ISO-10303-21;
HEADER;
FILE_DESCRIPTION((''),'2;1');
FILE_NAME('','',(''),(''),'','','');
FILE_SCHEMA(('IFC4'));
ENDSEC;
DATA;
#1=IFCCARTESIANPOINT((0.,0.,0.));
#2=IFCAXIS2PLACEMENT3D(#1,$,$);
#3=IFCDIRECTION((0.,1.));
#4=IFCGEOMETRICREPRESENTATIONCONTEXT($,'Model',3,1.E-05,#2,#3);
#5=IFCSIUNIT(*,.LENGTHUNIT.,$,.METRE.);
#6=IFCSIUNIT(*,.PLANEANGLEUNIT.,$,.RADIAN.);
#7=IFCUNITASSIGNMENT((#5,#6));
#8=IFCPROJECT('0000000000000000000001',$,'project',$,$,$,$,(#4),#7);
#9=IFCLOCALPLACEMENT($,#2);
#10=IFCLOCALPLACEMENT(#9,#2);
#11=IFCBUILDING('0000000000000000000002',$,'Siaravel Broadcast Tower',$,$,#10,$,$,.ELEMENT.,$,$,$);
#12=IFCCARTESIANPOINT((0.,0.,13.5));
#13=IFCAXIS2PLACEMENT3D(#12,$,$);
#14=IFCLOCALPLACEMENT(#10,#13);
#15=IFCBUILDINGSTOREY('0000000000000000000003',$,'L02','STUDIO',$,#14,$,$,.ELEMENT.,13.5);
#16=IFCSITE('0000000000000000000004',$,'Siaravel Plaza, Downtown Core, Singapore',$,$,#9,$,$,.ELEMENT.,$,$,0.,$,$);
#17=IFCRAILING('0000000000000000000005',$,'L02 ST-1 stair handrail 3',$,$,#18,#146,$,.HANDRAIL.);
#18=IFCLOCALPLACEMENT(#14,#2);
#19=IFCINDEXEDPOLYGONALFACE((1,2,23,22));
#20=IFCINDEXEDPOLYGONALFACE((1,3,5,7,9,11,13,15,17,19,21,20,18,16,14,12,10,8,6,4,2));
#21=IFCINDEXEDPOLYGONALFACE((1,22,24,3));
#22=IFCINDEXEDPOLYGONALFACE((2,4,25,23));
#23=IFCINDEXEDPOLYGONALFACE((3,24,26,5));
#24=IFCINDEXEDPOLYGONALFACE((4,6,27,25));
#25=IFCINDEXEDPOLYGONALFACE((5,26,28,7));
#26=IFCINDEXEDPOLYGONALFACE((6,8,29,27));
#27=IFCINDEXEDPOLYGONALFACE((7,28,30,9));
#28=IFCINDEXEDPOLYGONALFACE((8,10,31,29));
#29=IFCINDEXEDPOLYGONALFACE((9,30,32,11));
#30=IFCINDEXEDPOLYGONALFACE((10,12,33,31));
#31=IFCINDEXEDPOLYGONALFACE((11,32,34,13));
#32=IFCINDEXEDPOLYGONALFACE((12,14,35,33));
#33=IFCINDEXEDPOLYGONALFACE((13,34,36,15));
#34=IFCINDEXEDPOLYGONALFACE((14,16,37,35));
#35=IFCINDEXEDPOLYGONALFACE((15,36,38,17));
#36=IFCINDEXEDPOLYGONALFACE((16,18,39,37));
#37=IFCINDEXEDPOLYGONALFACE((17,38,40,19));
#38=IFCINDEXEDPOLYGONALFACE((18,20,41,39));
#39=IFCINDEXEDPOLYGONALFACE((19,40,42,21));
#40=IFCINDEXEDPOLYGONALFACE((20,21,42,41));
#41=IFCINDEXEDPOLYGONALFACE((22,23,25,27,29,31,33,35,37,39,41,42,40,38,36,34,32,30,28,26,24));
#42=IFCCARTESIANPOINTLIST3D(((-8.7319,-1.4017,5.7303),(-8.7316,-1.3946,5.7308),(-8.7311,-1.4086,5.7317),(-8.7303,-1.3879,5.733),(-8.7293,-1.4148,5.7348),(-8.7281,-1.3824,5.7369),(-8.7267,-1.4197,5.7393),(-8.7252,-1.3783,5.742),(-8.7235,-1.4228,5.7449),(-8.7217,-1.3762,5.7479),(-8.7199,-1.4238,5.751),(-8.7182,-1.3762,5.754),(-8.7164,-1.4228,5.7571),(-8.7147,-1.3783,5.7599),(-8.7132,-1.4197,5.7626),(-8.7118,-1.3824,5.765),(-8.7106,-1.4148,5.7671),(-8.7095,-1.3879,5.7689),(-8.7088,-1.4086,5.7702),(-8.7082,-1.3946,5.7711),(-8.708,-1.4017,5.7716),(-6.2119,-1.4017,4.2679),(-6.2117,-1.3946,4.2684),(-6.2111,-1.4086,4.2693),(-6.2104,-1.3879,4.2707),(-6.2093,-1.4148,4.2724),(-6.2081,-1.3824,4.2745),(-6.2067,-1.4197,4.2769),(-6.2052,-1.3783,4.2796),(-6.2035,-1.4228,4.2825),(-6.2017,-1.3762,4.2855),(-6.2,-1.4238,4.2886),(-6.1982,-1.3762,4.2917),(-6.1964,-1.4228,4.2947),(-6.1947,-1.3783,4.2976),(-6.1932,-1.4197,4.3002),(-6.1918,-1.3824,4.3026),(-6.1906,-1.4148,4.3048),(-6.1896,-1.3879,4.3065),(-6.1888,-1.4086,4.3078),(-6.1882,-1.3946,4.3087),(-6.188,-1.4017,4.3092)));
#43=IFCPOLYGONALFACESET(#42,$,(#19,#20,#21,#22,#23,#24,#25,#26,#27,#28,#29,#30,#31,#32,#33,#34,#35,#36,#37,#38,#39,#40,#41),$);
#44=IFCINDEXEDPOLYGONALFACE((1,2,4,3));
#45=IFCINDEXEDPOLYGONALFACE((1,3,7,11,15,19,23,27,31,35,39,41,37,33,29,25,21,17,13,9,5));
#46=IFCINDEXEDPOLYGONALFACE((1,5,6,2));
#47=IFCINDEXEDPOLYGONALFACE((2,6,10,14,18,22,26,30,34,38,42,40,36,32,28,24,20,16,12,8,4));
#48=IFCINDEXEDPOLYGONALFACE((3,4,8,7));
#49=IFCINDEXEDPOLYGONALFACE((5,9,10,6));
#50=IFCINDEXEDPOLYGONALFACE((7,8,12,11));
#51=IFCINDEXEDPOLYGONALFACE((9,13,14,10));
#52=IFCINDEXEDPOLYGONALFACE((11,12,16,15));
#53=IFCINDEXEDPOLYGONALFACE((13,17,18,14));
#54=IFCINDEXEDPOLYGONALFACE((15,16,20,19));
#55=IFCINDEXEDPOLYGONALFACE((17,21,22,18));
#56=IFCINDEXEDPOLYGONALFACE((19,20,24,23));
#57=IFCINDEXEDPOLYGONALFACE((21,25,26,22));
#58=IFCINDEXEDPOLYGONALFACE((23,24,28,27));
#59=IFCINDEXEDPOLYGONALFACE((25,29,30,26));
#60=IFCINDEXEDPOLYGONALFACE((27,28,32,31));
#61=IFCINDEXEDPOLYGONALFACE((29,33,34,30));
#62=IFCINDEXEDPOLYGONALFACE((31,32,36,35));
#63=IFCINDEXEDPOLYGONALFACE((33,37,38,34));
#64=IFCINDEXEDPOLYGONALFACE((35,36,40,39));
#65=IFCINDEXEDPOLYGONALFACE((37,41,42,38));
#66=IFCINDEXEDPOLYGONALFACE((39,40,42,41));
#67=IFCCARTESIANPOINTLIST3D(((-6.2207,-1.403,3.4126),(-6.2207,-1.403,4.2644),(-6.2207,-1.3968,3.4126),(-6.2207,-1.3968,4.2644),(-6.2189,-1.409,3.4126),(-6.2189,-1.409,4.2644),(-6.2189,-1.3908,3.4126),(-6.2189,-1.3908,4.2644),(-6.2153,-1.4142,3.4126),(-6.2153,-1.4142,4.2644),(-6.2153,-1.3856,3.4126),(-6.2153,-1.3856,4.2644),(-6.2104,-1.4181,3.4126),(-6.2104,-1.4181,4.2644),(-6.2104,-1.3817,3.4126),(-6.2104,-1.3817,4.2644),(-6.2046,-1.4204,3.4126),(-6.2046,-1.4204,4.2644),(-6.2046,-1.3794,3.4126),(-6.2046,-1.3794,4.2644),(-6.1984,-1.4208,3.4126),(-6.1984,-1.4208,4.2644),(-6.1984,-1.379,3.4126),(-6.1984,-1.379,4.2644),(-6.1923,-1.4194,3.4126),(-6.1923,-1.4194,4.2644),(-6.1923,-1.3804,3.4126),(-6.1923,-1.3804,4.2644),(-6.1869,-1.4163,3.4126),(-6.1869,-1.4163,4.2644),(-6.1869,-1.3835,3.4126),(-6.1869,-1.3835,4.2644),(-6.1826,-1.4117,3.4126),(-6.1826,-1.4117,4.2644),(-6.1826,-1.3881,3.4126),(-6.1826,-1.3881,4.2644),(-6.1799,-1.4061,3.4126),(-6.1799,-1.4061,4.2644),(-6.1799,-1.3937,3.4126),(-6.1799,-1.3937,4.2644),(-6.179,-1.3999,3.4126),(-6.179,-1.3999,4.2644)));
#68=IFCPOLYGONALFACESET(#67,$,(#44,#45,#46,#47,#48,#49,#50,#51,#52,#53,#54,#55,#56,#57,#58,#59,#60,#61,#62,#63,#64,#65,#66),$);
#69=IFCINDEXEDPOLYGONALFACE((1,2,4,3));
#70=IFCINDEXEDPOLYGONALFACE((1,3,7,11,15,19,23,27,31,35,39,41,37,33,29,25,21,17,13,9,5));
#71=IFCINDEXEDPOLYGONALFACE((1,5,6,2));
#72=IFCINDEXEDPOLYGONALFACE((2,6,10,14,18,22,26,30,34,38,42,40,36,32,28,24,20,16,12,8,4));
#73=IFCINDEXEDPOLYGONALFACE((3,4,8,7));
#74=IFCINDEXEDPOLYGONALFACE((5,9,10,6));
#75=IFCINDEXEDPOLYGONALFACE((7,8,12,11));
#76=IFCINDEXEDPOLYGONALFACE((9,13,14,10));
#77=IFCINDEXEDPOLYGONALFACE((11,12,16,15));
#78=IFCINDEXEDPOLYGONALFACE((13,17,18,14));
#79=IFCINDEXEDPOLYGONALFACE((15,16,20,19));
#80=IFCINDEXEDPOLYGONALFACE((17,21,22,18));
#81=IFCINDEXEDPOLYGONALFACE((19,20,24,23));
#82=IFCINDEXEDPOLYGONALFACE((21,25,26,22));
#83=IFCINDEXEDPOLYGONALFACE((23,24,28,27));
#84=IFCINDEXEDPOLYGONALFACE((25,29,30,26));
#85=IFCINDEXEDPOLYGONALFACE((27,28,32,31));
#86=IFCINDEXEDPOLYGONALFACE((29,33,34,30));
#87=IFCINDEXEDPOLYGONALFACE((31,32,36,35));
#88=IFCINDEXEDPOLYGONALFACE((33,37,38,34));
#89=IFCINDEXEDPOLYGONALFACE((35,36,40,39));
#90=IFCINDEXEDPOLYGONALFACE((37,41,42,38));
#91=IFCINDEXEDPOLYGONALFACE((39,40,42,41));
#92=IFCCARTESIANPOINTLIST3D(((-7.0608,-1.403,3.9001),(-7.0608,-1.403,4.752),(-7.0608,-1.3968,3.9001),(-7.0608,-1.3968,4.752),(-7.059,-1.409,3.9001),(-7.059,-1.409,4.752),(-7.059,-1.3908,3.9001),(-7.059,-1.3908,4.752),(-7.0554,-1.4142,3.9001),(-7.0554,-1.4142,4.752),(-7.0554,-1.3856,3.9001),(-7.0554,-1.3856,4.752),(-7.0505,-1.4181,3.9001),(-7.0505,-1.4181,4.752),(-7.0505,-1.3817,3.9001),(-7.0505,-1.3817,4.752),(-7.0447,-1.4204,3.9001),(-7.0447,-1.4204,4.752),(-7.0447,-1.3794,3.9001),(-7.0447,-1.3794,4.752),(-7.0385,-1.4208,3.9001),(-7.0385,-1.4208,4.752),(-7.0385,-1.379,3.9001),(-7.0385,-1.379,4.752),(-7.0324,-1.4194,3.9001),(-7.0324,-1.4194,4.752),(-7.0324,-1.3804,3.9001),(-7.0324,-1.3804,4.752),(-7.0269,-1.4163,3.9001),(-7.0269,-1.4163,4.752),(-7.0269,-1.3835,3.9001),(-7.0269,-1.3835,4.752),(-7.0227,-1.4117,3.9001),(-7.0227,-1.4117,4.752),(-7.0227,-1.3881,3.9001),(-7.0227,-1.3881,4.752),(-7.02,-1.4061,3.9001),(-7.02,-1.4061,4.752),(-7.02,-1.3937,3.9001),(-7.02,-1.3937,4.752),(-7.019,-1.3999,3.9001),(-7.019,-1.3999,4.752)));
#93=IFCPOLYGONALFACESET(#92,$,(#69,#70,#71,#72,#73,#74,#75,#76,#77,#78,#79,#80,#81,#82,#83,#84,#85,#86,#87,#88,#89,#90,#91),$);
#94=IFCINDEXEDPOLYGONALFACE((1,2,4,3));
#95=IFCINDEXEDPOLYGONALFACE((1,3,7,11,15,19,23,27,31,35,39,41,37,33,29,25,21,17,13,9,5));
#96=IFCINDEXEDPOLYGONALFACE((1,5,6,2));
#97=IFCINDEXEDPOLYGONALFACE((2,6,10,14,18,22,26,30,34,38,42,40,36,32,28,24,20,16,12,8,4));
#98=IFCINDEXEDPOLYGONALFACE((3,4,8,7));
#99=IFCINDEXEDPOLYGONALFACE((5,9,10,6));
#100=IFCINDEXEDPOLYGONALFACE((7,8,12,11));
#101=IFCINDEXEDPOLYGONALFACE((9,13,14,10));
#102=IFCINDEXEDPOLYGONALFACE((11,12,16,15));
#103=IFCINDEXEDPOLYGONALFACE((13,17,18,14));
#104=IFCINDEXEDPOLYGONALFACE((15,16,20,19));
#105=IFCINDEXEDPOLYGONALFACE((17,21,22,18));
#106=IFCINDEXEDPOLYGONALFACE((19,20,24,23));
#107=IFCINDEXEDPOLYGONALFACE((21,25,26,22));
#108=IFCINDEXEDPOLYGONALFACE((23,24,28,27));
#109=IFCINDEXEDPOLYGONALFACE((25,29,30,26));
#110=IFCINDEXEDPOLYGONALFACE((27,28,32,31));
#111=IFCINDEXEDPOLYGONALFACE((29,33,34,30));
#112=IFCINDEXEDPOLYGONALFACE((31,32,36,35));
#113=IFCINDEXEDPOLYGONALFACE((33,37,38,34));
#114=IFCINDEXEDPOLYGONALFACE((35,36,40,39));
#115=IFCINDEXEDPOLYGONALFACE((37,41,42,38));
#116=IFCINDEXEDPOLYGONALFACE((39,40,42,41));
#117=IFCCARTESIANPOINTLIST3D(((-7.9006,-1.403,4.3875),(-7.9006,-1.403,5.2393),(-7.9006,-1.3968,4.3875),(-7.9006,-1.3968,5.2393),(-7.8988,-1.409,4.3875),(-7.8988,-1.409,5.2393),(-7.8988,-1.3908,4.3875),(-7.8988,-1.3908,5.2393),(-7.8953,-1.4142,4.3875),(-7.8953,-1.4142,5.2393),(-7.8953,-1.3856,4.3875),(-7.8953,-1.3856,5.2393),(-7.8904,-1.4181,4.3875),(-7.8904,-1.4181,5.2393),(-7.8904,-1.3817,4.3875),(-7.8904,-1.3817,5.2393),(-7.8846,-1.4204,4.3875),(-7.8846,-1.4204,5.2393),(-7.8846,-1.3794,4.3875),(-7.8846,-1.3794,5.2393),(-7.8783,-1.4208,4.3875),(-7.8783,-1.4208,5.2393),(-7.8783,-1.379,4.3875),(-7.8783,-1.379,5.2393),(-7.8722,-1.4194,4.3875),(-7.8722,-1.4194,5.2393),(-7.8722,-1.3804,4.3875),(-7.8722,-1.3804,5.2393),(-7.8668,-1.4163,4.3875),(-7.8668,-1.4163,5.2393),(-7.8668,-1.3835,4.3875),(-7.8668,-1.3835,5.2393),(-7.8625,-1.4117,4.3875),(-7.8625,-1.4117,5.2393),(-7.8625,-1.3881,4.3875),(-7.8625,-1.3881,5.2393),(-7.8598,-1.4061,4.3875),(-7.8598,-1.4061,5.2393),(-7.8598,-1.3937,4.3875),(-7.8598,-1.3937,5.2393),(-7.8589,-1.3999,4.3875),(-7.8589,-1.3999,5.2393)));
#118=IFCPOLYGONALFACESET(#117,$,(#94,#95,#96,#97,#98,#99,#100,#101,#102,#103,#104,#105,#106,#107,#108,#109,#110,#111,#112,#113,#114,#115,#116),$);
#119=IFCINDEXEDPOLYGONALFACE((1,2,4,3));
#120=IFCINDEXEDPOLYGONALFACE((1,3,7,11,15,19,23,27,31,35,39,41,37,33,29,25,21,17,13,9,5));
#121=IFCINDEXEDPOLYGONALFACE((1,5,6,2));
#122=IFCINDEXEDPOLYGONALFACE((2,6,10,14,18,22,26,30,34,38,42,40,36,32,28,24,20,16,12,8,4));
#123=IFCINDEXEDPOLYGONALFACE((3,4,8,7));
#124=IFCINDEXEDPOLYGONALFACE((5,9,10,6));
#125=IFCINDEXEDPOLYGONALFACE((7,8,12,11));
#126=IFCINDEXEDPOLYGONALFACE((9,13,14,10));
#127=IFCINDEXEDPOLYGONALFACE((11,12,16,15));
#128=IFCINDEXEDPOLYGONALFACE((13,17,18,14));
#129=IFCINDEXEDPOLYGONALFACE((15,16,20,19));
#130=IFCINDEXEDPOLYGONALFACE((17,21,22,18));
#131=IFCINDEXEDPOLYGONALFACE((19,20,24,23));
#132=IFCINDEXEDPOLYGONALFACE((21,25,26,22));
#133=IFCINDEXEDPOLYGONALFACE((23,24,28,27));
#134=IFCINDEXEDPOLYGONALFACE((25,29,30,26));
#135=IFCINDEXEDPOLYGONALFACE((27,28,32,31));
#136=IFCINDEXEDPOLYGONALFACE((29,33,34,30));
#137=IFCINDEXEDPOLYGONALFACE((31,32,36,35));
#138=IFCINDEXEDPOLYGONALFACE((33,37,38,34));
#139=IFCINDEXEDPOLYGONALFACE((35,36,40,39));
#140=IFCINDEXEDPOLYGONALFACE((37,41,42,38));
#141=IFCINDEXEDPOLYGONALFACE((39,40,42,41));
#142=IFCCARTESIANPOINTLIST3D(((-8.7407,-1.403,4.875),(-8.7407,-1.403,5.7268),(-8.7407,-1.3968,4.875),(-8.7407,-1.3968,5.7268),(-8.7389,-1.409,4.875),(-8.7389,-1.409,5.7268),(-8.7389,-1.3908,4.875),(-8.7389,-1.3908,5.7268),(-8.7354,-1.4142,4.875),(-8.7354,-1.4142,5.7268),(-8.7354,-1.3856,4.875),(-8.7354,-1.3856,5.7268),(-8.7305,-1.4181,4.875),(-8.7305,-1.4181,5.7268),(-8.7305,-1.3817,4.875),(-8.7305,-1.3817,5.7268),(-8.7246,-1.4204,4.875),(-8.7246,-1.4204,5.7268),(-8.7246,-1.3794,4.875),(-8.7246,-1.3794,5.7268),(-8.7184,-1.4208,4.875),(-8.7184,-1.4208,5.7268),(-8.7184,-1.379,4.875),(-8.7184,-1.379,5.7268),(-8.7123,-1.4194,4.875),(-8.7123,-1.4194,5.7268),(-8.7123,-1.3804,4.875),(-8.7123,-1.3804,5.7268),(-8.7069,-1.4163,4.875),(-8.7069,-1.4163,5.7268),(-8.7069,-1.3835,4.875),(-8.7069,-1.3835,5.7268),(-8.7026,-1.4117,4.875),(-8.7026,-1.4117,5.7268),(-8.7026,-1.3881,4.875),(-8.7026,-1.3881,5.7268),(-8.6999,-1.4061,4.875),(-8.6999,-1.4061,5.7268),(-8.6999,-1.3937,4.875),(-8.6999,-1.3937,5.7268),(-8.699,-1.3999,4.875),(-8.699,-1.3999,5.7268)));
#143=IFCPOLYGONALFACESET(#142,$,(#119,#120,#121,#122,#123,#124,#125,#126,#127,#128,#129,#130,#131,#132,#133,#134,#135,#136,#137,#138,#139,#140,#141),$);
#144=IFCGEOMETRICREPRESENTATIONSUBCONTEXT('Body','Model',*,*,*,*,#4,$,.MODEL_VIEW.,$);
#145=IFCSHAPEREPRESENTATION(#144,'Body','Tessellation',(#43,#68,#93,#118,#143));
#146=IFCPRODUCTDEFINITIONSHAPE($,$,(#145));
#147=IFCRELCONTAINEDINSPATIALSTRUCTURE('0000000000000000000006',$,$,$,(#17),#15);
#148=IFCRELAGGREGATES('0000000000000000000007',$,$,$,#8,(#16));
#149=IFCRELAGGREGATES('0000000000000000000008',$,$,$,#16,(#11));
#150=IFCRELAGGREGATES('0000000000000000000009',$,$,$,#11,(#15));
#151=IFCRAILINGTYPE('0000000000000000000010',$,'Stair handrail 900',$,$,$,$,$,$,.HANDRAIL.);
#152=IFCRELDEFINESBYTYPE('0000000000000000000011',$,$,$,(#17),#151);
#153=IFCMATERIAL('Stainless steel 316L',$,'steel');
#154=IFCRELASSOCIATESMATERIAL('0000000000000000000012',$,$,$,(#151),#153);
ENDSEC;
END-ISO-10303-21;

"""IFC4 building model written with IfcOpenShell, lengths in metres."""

from ifc_helpers import new_model, si_unit, direction, frame, origin, origin_2d, place, context, subcontext, project, spatial, circle, extrude, material, type_object, element, save


model = new_model("IFC4")

# Units and contexts
model_context = context("Model", 3, precision=1e-05, world=origin(), true_north=direction((0.0, 1.0)))
body_context = subcontext(model_context, "Body", "Model", "MODEL_VIEW")
ifc_project = project(units=[si_unit("LENGTHUNIT", "METRE"), si_unit("PLANEANGLEUNIT", "RADIAN")], contexts=[model_context])

# Site, building, storey
site_placement = place(None, origin())
site = spatial("IfcSite", under=ifc_project, at=site_placement, Name="Siaravel Plaza, Downtown Core, Singapore", CompositionType="ELEMENT", RefElevation=0.0)
building_placement = place(site_placement, origin())
building = spatial("IfcBuilding", under=site, at=building_placement, Name="Siaravel Broadcast Tower", CompositionType="ELEMENT")
storey_placement = place(building_placement, frame((0.0, 0.0, 13.5)))
storey = spatial("IfcBuildingStorey", under=building, at=storey_placement, Name="L02", Description="STUDIO", CompositionType="ELEMENT", Elevation=13.5)

# Shared definitions
ifc_material_1 = material(Name="Stainless steel 316L", Category="steel")

# Railing
railing_type_1 = type_object("IfcRailingType", Name="Stair handrail 900", PredefinedType="HANDRAIL", material=ifc_material_1)
for number, where, name in (
    (1, (-6.2, -1.3999, 3.4126), "L02 ST-1 stair handrail 3"),
):
    element("IfcRailing", number, at=place(storey_placement, frame(where)), inside=storey, type_object=railing_type_1, Name=name, PredefinedType="HANDRAIL", context=body_context, shape_type="SweptSolid", body=[
        extrude(circle(Radius=0.0239, at=origin_2d()), frame((0.0, 0.0, 0.876), z_axis=(-0.864913, 0.0, 0.501921), x_axis=(0.0, -1.0, 0.0)), (0.0, 0.0, 1.0), 2.9136),
        extrude(circle(Radius=0.021, at=origin_2d()), origin(), (0.0, 0.0, 1.0), 0.8518),
        extrude(circle(Radius=0.021, at=origin_2d()), frame((-0.8401, 0.0, 0.4875)), (0.0, 0.0, 1.0), 0.8518),
        extrude(circle(Radius=0.021, at=origin_2d()), frame((-1.6799, 0.0, 0.9749)), (0.0, 0.0, 1.0), 0.8518),
        extrude(circle(Radius=0.021, at=origin_2d()), frame((-2.52, 0.0, 1.4624)), (0.0, 0.0, 1.0), 0.8518),
    ])

save(model, "model.ifc")
